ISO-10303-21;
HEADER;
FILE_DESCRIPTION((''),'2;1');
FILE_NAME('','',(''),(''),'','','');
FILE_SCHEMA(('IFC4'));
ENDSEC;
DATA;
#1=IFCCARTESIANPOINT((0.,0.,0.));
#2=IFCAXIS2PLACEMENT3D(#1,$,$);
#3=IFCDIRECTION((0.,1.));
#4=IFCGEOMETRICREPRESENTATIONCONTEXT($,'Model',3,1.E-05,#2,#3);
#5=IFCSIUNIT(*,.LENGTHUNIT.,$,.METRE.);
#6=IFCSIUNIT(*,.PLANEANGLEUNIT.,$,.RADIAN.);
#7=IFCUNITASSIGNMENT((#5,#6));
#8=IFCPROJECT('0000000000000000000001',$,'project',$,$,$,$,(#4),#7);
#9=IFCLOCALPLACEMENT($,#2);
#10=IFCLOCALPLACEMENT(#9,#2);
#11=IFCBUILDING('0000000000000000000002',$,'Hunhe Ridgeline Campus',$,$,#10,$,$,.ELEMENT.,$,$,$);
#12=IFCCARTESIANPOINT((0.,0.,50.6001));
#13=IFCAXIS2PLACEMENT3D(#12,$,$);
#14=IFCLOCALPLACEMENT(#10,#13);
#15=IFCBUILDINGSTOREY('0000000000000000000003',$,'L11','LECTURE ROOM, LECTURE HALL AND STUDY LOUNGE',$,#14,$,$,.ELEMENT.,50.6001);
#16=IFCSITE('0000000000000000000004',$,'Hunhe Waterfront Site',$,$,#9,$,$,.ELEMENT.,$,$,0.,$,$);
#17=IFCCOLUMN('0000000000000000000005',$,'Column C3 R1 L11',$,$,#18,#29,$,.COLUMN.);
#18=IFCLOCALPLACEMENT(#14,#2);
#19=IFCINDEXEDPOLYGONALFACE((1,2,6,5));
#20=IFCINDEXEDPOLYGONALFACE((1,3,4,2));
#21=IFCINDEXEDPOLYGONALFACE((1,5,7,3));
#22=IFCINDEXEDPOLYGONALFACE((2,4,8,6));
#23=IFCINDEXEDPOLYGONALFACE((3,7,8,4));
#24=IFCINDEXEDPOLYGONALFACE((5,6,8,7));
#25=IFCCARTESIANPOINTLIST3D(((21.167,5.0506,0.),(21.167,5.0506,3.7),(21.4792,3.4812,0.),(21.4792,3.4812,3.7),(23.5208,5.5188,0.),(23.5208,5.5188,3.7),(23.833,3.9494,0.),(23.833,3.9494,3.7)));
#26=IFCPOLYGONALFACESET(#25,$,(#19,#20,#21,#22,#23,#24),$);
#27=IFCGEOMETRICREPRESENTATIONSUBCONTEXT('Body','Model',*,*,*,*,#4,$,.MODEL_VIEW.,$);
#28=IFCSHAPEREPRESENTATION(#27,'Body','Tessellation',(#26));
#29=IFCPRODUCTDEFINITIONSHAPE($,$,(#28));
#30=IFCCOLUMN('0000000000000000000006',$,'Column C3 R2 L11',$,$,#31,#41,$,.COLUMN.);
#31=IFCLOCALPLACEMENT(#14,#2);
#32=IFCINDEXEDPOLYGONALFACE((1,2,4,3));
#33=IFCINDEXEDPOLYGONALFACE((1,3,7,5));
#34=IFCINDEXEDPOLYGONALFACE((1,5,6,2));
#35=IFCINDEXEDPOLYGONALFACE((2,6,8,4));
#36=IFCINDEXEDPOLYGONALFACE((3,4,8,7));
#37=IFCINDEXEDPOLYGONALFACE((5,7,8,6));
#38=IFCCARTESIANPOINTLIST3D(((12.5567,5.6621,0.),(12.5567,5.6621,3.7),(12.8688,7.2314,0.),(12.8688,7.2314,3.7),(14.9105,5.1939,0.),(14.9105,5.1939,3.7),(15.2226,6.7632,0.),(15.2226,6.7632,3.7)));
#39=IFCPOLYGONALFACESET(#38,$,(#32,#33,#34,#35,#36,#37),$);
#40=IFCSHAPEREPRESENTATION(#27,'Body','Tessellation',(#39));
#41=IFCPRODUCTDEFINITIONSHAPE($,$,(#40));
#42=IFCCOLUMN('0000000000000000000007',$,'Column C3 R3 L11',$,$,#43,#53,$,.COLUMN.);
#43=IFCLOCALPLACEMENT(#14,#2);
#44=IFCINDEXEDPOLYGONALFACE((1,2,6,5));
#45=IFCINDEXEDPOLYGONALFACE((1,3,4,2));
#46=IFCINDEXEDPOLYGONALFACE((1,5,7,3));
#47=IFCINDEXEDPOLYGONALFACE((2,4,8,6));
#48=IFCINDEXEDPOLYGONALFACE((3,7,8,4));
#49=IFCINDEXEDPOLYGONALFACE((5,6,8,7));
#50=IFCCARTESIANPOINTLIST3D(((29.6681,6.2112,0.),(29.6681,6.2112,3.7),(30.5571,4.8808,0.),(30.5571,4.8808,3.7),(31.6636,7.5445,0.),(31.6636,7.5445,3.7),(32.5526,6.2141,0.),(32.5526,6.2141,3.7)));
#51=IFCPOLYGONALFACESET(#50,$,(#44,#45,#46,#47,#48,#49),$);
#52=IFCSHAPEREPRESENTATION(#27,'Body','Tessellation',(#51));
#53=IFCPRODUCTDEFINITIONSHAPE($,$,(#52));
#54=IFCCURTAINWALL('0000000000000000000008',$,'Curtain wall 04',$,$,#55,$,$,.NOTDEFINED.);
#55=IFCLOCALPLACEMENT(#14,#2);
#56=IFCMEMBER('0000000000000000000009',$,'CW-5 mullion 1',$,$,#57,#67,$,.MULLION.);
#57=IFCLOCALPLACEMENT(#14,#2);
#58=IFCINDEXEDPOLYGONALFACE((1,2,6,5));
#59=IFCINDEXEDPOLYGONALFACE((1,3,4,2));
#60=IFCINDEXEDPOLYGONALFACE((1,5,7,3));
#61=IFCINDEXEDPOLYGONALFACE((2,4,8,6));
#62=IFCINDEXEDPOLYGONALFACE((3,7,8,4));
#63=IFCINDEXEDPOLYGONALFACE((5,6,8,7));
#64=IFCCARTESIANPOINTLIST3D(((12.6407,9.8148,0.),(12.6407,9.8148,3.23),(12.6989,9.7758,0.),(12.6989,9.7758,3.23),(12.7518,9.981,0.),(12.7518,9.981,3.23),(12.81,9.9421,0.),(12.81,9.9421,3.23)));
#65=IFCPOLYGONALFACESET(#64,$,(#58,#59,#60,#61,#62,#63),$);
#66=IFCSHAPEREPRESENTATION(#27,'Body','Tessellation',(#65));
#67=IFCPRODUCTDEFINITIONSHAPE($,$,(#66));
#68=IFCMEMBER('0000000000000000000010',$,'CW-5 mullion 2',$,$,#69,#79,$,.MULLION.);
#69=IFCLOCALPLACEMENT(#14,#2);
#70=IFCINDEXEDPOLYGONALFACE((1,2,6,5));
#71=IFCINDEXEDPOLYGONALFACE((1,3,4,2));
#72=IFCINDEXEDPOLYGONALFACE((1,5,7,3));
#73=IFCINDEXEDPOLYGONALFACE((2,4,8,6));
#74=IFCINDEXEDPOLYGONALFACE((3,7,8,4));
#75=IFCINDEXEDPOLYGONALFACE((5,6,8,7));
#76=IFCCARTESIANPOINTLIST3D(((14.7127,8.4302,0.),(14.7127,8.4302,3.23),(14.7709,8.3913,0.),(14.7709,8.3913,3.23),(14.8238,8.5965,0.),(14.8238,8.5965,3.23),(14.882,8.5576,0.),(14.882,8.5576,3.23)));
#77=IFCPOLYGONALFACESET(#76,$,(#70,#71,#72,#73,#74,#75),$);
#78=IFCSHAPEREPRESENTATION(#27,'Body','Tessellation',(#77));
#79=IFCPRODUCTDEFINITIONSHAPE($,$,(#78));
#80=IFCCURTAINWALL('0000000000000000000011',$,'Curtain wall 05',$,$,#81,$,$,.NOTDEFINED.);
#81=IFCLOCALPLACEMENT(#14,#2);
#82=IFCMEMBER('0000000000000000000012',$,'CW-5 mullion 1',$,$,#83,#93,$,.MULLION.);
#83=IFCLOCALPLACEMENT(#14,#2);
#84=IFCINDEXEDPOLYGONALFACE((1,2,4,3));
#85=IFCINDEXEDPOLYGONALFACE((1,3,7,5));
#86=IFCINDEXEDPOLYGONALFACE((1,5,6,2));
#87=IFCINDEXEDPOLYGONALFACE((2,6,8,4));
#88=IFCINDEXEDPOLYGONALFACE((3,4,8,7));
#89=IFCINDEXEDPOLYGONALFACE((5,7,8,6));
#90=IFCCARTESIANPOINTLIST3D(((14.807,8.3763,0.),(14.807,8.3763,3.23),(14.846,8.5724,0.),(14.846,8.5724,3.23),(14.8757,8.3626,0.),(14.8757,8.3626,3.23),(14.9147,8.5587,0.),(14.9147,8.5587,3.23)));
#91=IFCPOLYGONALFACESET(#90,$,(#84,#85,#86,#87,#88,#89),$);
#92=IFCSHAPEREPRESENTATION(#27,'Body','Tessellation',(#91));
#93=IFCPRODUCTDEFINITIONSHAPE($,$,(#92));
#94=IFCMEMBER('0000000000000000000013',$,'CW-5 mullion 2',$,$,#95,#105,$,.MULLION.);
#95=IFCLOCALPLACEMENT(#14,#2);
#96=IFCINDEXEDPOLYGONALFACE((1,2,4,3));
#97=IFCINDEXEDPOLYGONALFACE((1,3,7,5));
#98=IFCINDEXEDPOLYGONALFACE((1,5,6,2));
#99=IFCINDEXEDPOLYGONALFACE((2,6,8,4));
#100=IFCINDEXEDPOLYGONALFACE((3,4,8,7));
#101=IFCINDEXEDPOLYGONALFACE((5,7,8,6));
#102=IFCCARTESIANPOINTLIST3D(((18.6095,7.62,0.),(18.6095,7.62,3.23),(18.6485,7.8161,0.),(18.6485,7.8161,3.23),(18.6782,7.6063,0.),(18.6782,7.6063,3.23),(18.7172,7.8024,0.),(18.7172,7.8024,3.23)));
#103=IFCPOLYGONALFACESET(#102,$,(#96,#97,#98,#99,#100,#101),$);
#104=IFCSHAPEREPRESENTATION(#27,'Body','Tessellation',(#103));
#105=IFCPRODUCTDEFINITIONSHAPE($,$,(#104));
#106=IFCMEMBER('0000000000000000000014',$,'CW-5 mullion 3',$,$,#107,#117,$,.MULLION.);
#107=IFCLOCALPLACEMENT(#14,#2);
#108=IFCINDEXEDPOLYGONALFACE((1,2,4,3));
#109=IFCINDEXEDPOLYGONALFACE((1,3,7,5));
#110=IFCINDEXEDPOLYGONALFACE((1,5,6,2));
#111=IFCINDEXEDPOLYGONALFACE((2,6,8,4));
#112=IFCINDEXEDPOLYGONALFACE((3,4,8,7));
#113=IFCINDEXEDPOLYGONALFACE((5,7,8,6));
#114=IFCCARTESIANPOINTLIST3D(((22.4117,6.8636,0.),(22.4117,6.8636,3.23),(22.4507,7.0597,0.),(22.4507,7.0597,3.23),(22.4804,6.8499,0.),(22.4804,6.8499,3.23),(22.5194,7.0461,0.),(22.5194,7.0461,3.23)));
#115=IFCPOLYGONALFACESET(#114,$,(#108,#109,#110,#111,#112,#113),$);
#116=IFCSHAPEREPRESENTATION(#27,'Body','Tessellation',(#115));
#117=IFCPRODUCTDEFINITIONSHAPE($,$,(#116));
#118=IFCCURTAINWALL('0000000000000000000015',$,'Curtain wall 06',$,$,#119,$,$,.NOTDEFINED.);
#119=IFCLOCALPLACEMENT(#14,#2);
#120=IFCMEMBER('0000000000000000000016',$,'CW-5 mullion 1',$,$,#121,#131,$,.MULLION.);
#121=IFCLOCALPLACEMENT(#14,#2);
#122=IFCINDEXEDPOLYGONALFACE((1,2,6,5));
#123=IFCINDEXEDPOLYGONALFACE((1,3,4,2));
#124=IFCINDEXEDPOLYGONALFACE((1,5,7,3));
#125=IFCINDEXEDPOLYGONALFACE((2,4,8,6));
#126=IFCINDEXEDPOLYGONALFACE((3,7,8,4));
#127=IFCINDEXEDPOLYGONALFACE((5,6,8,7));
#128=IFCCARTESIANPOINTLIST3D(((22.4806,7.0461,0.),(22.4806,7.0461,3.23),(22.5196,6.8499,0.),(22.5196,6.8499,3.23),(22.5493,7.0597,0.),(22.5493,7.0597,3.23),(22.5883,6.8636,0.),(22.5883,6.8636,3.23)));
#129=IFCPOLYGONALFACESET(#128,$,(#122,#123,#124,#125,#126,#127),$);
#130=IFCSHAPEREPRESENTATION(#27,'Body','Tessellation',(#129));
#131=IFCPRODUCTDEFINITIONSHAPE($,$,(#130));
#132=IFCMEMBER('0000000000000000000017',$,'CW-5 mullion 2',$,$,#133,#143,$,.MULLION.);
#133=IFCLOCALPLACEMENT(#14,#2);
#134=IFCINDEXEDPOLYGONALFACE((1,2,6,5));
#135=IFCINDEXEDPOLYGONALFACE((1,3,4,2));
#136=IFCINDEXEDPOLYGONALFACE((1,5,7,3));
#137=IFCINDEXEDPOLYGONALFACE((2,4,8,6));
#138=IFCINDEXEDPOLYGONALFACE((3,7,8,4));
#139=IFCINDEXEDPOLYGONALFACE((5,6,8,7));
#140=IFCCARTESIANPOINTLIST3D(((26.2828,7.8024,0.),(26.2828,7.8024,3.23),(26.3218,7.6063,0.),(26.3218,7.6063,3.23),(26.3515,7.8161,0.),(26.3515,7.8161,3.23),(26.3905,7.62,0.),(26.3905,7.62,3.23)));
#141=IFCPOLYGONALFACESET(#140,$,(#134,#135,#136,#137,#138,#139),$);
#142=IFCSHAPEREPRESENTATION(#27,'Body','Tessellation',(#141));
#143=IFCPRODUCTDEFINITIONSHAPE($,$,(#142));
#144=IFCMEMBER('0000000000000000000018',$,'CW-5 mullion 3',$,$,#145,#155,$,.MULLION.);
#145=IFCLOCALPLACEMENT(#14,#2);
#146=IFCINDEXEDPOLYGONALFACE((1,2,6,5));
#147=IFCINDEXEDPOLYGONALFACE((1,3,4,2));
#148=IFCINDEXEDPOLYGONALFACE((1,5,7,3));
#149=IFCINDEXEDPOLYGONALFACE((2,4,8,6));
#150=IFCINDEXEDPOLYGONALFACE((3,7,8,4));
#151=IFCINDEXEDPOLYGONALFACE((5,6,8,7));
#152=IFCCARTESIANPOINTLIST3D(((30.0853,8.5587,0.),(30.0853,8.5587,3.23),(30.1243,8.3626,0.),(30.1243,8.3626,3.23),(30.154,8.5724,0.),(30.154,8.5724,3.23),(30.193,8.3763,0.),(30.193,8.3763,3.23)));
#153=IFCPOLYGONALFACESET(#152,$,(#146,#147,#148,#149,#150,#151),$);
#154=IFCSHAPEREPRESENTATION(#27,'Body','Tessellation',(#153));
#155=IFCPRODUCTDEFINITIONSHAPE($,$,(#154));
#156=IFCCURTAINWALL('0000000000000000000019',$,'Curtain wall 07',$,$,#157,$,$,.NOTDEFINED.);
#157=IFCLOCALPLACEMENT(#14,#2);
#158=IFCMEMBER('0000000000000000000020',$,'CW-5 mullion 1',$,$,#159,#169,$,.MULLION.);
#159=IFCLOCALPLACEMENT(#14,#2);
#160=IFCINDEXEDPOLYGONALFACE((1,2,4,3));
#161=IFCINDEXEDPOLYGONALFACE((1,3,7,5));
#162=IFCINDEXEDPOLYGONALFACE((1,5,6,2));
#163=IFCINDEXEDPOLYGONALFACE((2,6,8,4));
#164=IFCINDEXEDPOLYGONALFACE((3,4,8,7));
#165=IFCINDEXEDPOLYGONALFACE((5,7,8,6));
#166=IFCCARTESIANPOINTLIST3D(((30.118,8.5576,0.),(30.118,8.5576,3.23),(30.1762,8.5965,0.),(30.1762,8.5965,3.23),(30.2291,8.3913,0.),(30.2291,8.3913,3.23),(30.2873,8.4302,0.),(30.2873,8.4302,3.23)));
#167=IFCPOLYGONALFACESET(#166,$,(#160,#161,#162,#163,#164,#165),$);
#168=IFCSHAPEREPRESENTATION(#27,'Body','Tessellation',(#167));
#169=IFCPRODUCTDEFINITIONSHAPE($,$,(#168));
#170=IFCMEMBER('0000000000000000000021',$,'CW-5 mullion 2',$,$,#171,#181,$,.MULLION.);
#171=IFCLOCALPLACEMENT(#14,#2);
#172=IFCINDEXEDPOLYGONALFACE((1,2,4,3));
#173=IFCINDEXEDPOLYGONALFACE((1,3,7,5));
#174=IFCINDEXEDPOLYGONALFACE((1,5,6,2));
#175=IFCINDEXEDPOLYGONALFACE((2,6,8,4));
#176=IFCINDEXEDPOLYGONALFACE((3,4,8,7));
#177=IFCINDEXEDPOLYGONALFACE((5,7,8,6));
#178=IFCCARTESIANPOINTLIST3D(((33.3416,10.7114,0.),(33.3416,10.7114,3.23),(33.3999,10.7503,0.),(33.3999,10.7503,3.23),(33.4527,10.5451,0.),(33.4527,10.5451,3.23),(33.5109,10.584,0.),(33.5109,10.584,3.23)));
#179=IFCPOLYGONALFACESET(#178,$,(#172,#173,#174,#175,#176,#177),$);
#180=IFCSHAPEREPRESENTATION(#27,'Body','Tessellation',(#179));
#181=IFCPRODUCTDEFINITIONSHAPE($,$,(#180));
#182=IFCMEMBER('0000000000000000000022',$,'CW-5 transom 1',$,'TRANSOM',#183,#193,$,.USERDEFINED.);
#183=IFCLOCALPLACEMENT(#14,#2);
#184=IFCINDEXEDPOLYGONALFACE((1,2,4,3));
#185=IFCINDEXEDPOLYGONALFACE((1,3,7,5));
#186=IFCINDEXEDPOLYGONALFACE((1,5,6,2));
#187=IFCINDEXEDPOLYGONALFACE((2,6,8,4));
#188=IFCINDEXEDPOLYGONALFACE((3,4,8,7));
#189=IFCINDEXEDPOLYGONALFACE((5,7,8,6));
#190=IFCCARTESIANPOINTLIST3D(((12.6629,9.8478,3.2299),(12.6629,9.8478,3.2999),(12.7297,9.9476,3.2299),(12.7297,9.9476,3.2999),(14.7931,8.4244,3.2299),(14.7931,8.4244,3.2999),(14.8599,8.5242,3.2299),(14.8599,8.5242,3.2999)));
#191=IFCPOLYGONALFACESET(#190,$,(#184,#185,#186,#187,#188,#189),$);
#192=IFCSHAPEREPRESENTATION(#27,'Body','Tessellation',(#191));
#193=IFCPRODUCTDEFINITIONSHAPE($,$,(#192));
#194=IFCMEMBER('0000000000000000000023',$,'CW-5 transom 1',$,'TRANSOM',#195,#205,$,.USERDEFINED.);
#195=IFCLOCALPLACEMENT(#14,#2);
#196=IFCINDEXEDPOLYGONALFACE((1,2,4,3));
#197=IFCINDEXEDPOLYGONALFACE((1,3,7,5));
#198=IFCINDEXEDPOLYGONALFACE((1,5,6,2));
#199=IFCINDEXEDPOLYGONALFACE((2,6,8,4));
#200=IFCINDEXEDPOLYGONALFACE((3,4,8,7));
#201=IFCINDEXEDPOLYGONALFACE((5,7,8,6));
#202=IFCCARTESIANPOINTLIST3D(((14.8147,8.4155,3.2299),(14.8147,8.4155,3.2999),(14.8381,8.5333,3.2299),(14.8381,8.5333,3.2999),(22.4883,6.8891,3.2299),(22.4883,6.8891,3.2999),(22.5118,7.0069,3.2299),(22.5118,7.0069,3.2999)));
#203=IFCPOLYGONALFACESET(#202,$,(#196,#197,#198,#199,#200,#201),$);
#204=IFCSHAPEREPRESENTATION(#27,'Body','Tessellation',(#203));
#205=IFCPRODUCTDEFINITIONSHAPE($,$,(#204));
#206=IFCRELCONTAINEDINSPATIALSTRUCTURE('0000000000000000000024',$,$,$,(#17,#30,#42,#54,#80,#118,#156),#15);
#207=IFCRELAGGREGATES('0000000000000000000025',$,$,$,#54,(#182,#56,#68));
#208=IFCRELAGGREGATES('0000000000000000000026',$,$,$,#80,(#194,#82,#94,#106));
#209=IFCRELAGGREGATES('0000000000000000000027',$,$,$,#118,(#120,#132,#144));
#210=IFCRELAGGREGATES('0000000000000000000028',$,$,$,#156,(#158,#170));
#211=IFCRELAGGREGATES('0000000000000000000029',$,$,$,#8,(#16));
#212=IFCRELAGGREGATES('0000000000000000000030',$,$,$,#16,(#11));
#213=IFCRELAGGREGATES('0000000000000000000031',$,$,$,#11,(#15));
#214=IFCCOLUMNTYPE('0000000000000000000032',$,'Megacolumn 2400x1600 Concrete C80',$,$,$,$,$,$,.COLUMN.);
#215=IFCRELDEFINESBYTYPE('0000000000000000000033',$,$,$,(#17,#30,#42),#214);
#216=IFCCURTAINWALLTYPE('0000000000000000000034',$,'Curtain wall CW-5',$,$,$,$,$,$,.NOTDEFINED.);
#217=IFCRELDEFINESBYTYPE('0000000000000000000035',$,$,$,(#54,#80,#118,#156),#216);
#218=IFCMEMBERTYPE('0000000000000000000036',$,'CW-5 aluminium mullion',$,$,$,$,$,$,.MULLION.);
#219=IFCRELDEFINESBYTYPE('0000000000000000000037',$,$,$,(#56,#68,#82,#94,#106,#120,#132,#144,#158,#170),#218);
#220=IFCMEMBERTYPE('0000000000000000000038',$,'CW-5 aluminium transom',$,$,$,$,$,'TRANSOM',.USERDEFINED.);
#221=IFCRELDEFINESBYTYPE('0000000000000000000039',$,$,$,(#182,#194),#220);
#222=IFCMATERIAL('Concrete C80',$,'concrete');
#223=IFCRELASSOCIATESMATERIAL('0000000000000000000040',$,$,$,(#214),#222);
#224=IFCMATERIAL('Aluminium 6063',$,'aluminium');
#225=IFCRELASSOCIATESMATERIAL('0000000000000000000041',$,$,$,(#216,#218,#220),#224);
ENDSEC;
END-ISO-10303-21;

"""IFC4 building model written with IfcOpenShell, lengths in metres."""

from ifc_helpers import new_model, si_unit, direction, frame, origin, origin_2d, place, context, subcontext, project, spatial, rectangle, extrude, material, material_profile, profile_set, type_object, element, aggregate, save


model = new_model("IFC4")

# Units and contexts
model_context = context("Model", 3, precision=1e-05, world=origin(), true_north=direction((0.0, 1.0)))
body_context = subcontext(model_context, "Body", "Model", "MODEL_VIEW")
ifc_project = project(units=[si_unit("LENGTHUNIT", "METRE"), si_unit("PLANEANGLEUNIT", "RADIAN")], contexts=[model_context])

# Site, building, storey
site_placement = place(None, origin())
site = spatial("IfcSite", under=ifc_project, at=site_placement, Name="Hunhe Waterfront Site", CompositionType="ELEMENT", RefElevation=0.0)
building_placement = place(site_placement, origin())
building = spatial("IfcBuilding", under=site, at=building_placement, Name="Hunhe Ridgeline Campus", CompositionType="ELEMENT")
storey_placement = place(building_placement, frame((0.0, 0.0, 50.6001)))
storey = spatial("IfcBuildingStorey", under=building, at=storey_placement, Name="L11", Description="LECTURE ROOM, LECTURE HALL AND STUDY LOUNGE", CompositionType="ELEMENT", Elevation=50.6001)

# Columns
ifc_material_1 = material(Name="Concrete C80", Category="concrete")
ifc_material_profile_1 = material_profile(ifc_material_1, rectangle(XDim=2.3999, YDim=1.6001, at=origin_2d()))
ifc_profile_set_1 = profile_set([ifc_material_profile_1], Name="Concrete C80")
column_type = type_object("IfcColumnType", Name="Megacolumn 2400x1600 Concrete C80", PredefinedType="COLUMN", material=ifc_profile_set_1)
for number, where, z_axis, x_axis, name in (
    (1, (22.5, 4.5, 0.0), (0.0, 0.0, 1.0), (0.980785, 0.19509, 0.0), "Column C3 R1 L11"),
    (2, (13.8896, 6.2126, 0.0), (0.0, 0.0, 1.0), (-0.980785, 0.19509, 0.0), "Column C3 R2 L11"),
    (3, (31.1104, 6.2126, 0.0), (0.0, 0.0, 1.0), (0.83147, 0.55557, 0.0), "Column C3 R3 L11"),
):
    element("IfcColumn", number, at=place(storey_placement, frame(where, z_axis=z_axis, x_axis=x_axis)), inside=storey, type_object=column_type, Name=name, PredefinedType="COLUMN", context=body_context, shape_type="SweptSolid", body=[
        extrude(rectangle(XDim=2.3999, YDim=1.6001, at=origin_2d()), origin(), (0.0, 0.0, 1.0), 3.7),
    ])

# Curtain walls, members
ifc_material_2 = material(Name="Aluminium 6063", Category="aluminium")
curtain_wall_type = type_object("IfcCurtainWallType", Name="Curtain wall CW-5", PredefinedType="NOTDEFINED", material=ifc_material_2)
curtain_wall_1_placement = place(storey_placement, origin())
curtain_wall_1 = element("IfcCurtainWall", 4, at=curtain_wall_1_placement, inside=storey, type_object=curtain_wall_type, Name="Curtain wall 04", PredefinedType="NOTDEFINED")
ifc_material_profile_2 = material_profile(ifc_material_2, rectangle(XDim=0.2, YDim=0.0701, at=origin_2d()))
ifc_profile_set_2 = profile_set([ifc_material_profile_2], Name="Aluminium 6063")
member_type_1 = type_object("IfcMemberType", Name="CW-5 aluminium mullion", PredefinedType="MULLION", material=ifc_profile_set_2)
member_1_placement = place(storey_placement, frame((12.7253, 9.8784, 0.0), z_axis=(0.0, 0.0, 1.0), x_axis=(0.55557, 0.83147, 0.0)))
member_1 = element("IfcMember", 5, at=member_1_placement, type_object=member_type_1, Name="CW-5 mullion 1", PredefinedType="MULLION", context=body_context, shape_type="SweptSolid", body=[
    extrude(rectangle(XDim=0.2, YDim=0.0701, at=origin_2d()), origin(), (0.0, 0.0, 1.0), 3.23),
])
member_2_placement = place(storey_placement, frame((14.7974, 8.4939, 0.0), z_axis=(0.0, 0.0, 1.0), x_axis=(0.55557, 0.83147, 0.0)))
member_2 = element("IfcMember", 6, at=member_2_placement, type_object=member_type_1, Name="CW-5 mullion 2", PredefinedType="MULLION", context=body_context, shape_type="SweptSolid", body=[
    extrude(rectangle(XDim=0.2, YDim=0.0701, at=origin_2d()), origin(), (0.0, 0.0, 1.0), 3.23),
])
curtain_wall_2_placement = place(storey_placement, origin())
curtain_wall_2 = element("IfcCurtainWall", 7, at=curtain_wall_2_placement, inside=storey, type_object=curtain_wall_type, Name="Curtain wall 05", PredefinedType="NOTDEFINED")
member_3_placement = place(storey_placement, frame((14.8608, 8.4675, 0.0), z_axis=(0.0, 0.0, 1.0), x_axis=(0.19509, 0.980785, 0.0)))
member_3 = element("IfcMember", 8, at=member_3_placement, type_object=member_type_1, Name="CW-5 mullion 1", PredefinedType="MULLION", context=body_context, shape_type="SweptSolid", body=[
    extrude(rectangle(XDim=0.2, YDim=0.0701, at=origin_2d()), origin(), (0.0, 0.0, 1.0), 3.23),
])
member_4_placement = place(storey_placement, frame((18.6633, 7.7112, 0.0), z_axis=(0.0, 0.0, 1.0), x_axis=(0.19509, 0.980785, 0.0)))
member_4 = element("IfcMember", 9, at=member_4_placement, type_object=member_type_1, Name="CW-5 mullion 2", PredefinedType="MULLION", context=body_context, shape_type="SweptSolid", body=[
    extrude(rectangle(XDim=0.2, YDim=0.0701, at=origin_2d()), origin(), (0.0, 0.0, 1.0), 3.23),
])
member_5_placement = place(storey_placement, frame((22.4656, 6.9548, 0.0), z_axis=(0.0, 0.0, 1.0), x_axis=(0.19509, 0.980785, 0.0)))
member_5 = element("IfcMember", 10, at=member_5_placement, type_object=member_type_1, Name="CW-5 mullion 3", PredefinedType="MULLION", context=body_context, shape_type="SweptSolid", body=[
    extrude(rectangle(XDim=0.2, YDim=0.0701, at=origin_2d()), origin(), (0.0, 0.0, 1.0), 3.23),
])
curtain_wall_3_placement = place(storey_placement, origin())
curtain_wall_3 = element("IfcCurtainWall", 11, at=curtain_wall_3_placement, inside=storey, type_object=curtain_wall_type, Name="Curtain wall 06", PredefinedType="NOTDEFINED")
member_6_placement = place(storey_placement, frame((22.5344, 6.9548, 0.0), z_axis=(0.0, 0.0, 1.0), x_axis=(-0.19509, 0.980785, 0.0)))
member_6 = element("IfcMember", 12, at=member_6_placement, type_object=member_type_1, Name="CW-5 mullion 1", PredefinedType="MULLION", context=body_context, shape_type="SweptSolid", body=[
    extrude(rectangle(XDim=0.2, YDim=0.0701, at=origin_2d()), origin(), (0.0, 0.0, 1.0), 3.23),
])
member_7_placement = place(storey_placement, frame((26.3367, 7.7112, 0.0), z_axis=(0.0, 0.0, 1.0), x_axis=(-0.19509, 0.980785, 0.0)))
member_7 = element("IfcMember", 13, at=member_7_placement, type_object=member_type_1, Name="CW-5 mullion 2", PredefinedType="MULLION", context=body_context, shape_type="SweptSolid", body=[
    extrude(rectangle(XDim=0.2, YDim=0.0701, at=origin_2d()), origin(), (0.0, 0.0, 1.0), 3.23),
])
member_8_placement = place(storey_placement, frame((30.1392, 8.4675, 0.0), z_axis=(0.0, 0.0, 1.0), x_axis=(-0.19509, 0.980785, 0.0)))
member_8 = element("IfcMember", 14, at=member_8_placement, type_object=member_type_1, Name="CW-5 mullion 3", PredefinedType="MULLION", context=body_context, shape_type="SweptSolid", body=[
    extrude(rectangle(XDim=0.2, YDim=0.0701, at=origin_2d()), origin(), (0.0, 0.0, 1.0), 3.23),
])
curtain_wall_4_placement = place(storey_placement, origin())
curtain_wall_4 = element("IfcCurtainWall", 15, at=curtain_wall_4_placement, inside=storey, type_object=curtain_wall_type, Name="Curtain wall 07", PredefinedType="NOTDEFINED")
member_9_placement = place(storey_placement, frame((30.2026, 8.4939, 0.0), z_axis=(0.0, 0.0, 1.0), x_axis=(-0.55557, 0.83147, 0.0)))
member_9 = element("IfcMember", 16, at=member_9_placement, type_object=member_type_1, Name="CW-5 mullion 1", PredefinedType="MULLION", context=body_context, shape_type="SweptSolid", body=[
    extrude(rectangle(XDim=0.2, YDim=0.0701, at=origin_2d()), origin(), (0.0, 0.0, 1.0), 3.23),
])
member_10_placement = place(storey_placement, frame((33.4263, 10.6477, 0.0), z_axis=(0.0, 0.0, 1.0), x_axis=(-0.55557, 0.83147, 0.0)))
member_10 = element("IfcMember", 17, at=member_10_placement, type_object=member_type_1, Name="CW-5 mullion 2", PredefinedType="MULLION", context=body_context, shape_type="SweptSolid", body=[
    extrude(rectangle(XDim=0.2, YDim=0.0701, at=origin_2d()), origin(), (0.0, 0.0, 1.0), 3.23),
])

# Members
ifc_material_profile_3 = material_profile(ifc_material_2, rectangle(XDim=0.1201, YDim=0.0701, at=origin_2d()))
ifc_profile_set_3 = profile_set([ifc_material_profile_3], Name="Aluminium 6063")
member_type_2 = type_object("IfcMemberType", Name="CW-5 aluminium transom", ElementType="TRANSOM", PredefinedType="USERDEFINED", material=ifc_profile_set_3)
member_11_placement = place(storey_placement, frame((12.6963, 9.8977, 3.2649), z_axis=(0.831463, -0.55558, 0.0), x_axis=(0.55558, 0.831463, 0.0)))
member_11 = element("IfcMember", 18, at=member_11_placement, type_object=member_type_2, Name="CW-5 transom 1", ObjectType="TRANSOM", PredefinedType="USERDEFINED", context=body_context, shape_type="SweptSolid", body=[
    extrude(rectangle(XDim=0.1201, YDim=0.0701, at=origin_2d()), origin(), (0.0, 0.0, 1.0), 2.562),
])
member_12_placement = place(storey_placement, frame((14.8264, 8.4744, 3.2649), z_axis=(0.980785, -0.19509, 0.0), x_axis=(0.19509, 0.980785, 0.0)))
member_12 = element("IfcMember", 19, at=member_12_placement, type_object=member_type_2, Name="CW-5 transom 1", ObjectType="TRANSOM", PredefinedType="USERDEFINED", context=body_context, shape_type="SweptSolid", body=[
    extrude(rectangle(XDim=0.1201, YDim=0.0701, at=origin_2d()), origin(), (0.0, 0.0, 1.0), 7.824),
])

aggregate(curtain_wall_1, [member_11, member_1, member_2])
aggregate(curtain_wall_2, [member_12, member_3, member_4, member_5])
aggregate(curtain_wall_3, [member_6, member_7, member_8])
aggregate(curtain_wall_4, [member_9, member_10])

save(model, "model.ifc")
